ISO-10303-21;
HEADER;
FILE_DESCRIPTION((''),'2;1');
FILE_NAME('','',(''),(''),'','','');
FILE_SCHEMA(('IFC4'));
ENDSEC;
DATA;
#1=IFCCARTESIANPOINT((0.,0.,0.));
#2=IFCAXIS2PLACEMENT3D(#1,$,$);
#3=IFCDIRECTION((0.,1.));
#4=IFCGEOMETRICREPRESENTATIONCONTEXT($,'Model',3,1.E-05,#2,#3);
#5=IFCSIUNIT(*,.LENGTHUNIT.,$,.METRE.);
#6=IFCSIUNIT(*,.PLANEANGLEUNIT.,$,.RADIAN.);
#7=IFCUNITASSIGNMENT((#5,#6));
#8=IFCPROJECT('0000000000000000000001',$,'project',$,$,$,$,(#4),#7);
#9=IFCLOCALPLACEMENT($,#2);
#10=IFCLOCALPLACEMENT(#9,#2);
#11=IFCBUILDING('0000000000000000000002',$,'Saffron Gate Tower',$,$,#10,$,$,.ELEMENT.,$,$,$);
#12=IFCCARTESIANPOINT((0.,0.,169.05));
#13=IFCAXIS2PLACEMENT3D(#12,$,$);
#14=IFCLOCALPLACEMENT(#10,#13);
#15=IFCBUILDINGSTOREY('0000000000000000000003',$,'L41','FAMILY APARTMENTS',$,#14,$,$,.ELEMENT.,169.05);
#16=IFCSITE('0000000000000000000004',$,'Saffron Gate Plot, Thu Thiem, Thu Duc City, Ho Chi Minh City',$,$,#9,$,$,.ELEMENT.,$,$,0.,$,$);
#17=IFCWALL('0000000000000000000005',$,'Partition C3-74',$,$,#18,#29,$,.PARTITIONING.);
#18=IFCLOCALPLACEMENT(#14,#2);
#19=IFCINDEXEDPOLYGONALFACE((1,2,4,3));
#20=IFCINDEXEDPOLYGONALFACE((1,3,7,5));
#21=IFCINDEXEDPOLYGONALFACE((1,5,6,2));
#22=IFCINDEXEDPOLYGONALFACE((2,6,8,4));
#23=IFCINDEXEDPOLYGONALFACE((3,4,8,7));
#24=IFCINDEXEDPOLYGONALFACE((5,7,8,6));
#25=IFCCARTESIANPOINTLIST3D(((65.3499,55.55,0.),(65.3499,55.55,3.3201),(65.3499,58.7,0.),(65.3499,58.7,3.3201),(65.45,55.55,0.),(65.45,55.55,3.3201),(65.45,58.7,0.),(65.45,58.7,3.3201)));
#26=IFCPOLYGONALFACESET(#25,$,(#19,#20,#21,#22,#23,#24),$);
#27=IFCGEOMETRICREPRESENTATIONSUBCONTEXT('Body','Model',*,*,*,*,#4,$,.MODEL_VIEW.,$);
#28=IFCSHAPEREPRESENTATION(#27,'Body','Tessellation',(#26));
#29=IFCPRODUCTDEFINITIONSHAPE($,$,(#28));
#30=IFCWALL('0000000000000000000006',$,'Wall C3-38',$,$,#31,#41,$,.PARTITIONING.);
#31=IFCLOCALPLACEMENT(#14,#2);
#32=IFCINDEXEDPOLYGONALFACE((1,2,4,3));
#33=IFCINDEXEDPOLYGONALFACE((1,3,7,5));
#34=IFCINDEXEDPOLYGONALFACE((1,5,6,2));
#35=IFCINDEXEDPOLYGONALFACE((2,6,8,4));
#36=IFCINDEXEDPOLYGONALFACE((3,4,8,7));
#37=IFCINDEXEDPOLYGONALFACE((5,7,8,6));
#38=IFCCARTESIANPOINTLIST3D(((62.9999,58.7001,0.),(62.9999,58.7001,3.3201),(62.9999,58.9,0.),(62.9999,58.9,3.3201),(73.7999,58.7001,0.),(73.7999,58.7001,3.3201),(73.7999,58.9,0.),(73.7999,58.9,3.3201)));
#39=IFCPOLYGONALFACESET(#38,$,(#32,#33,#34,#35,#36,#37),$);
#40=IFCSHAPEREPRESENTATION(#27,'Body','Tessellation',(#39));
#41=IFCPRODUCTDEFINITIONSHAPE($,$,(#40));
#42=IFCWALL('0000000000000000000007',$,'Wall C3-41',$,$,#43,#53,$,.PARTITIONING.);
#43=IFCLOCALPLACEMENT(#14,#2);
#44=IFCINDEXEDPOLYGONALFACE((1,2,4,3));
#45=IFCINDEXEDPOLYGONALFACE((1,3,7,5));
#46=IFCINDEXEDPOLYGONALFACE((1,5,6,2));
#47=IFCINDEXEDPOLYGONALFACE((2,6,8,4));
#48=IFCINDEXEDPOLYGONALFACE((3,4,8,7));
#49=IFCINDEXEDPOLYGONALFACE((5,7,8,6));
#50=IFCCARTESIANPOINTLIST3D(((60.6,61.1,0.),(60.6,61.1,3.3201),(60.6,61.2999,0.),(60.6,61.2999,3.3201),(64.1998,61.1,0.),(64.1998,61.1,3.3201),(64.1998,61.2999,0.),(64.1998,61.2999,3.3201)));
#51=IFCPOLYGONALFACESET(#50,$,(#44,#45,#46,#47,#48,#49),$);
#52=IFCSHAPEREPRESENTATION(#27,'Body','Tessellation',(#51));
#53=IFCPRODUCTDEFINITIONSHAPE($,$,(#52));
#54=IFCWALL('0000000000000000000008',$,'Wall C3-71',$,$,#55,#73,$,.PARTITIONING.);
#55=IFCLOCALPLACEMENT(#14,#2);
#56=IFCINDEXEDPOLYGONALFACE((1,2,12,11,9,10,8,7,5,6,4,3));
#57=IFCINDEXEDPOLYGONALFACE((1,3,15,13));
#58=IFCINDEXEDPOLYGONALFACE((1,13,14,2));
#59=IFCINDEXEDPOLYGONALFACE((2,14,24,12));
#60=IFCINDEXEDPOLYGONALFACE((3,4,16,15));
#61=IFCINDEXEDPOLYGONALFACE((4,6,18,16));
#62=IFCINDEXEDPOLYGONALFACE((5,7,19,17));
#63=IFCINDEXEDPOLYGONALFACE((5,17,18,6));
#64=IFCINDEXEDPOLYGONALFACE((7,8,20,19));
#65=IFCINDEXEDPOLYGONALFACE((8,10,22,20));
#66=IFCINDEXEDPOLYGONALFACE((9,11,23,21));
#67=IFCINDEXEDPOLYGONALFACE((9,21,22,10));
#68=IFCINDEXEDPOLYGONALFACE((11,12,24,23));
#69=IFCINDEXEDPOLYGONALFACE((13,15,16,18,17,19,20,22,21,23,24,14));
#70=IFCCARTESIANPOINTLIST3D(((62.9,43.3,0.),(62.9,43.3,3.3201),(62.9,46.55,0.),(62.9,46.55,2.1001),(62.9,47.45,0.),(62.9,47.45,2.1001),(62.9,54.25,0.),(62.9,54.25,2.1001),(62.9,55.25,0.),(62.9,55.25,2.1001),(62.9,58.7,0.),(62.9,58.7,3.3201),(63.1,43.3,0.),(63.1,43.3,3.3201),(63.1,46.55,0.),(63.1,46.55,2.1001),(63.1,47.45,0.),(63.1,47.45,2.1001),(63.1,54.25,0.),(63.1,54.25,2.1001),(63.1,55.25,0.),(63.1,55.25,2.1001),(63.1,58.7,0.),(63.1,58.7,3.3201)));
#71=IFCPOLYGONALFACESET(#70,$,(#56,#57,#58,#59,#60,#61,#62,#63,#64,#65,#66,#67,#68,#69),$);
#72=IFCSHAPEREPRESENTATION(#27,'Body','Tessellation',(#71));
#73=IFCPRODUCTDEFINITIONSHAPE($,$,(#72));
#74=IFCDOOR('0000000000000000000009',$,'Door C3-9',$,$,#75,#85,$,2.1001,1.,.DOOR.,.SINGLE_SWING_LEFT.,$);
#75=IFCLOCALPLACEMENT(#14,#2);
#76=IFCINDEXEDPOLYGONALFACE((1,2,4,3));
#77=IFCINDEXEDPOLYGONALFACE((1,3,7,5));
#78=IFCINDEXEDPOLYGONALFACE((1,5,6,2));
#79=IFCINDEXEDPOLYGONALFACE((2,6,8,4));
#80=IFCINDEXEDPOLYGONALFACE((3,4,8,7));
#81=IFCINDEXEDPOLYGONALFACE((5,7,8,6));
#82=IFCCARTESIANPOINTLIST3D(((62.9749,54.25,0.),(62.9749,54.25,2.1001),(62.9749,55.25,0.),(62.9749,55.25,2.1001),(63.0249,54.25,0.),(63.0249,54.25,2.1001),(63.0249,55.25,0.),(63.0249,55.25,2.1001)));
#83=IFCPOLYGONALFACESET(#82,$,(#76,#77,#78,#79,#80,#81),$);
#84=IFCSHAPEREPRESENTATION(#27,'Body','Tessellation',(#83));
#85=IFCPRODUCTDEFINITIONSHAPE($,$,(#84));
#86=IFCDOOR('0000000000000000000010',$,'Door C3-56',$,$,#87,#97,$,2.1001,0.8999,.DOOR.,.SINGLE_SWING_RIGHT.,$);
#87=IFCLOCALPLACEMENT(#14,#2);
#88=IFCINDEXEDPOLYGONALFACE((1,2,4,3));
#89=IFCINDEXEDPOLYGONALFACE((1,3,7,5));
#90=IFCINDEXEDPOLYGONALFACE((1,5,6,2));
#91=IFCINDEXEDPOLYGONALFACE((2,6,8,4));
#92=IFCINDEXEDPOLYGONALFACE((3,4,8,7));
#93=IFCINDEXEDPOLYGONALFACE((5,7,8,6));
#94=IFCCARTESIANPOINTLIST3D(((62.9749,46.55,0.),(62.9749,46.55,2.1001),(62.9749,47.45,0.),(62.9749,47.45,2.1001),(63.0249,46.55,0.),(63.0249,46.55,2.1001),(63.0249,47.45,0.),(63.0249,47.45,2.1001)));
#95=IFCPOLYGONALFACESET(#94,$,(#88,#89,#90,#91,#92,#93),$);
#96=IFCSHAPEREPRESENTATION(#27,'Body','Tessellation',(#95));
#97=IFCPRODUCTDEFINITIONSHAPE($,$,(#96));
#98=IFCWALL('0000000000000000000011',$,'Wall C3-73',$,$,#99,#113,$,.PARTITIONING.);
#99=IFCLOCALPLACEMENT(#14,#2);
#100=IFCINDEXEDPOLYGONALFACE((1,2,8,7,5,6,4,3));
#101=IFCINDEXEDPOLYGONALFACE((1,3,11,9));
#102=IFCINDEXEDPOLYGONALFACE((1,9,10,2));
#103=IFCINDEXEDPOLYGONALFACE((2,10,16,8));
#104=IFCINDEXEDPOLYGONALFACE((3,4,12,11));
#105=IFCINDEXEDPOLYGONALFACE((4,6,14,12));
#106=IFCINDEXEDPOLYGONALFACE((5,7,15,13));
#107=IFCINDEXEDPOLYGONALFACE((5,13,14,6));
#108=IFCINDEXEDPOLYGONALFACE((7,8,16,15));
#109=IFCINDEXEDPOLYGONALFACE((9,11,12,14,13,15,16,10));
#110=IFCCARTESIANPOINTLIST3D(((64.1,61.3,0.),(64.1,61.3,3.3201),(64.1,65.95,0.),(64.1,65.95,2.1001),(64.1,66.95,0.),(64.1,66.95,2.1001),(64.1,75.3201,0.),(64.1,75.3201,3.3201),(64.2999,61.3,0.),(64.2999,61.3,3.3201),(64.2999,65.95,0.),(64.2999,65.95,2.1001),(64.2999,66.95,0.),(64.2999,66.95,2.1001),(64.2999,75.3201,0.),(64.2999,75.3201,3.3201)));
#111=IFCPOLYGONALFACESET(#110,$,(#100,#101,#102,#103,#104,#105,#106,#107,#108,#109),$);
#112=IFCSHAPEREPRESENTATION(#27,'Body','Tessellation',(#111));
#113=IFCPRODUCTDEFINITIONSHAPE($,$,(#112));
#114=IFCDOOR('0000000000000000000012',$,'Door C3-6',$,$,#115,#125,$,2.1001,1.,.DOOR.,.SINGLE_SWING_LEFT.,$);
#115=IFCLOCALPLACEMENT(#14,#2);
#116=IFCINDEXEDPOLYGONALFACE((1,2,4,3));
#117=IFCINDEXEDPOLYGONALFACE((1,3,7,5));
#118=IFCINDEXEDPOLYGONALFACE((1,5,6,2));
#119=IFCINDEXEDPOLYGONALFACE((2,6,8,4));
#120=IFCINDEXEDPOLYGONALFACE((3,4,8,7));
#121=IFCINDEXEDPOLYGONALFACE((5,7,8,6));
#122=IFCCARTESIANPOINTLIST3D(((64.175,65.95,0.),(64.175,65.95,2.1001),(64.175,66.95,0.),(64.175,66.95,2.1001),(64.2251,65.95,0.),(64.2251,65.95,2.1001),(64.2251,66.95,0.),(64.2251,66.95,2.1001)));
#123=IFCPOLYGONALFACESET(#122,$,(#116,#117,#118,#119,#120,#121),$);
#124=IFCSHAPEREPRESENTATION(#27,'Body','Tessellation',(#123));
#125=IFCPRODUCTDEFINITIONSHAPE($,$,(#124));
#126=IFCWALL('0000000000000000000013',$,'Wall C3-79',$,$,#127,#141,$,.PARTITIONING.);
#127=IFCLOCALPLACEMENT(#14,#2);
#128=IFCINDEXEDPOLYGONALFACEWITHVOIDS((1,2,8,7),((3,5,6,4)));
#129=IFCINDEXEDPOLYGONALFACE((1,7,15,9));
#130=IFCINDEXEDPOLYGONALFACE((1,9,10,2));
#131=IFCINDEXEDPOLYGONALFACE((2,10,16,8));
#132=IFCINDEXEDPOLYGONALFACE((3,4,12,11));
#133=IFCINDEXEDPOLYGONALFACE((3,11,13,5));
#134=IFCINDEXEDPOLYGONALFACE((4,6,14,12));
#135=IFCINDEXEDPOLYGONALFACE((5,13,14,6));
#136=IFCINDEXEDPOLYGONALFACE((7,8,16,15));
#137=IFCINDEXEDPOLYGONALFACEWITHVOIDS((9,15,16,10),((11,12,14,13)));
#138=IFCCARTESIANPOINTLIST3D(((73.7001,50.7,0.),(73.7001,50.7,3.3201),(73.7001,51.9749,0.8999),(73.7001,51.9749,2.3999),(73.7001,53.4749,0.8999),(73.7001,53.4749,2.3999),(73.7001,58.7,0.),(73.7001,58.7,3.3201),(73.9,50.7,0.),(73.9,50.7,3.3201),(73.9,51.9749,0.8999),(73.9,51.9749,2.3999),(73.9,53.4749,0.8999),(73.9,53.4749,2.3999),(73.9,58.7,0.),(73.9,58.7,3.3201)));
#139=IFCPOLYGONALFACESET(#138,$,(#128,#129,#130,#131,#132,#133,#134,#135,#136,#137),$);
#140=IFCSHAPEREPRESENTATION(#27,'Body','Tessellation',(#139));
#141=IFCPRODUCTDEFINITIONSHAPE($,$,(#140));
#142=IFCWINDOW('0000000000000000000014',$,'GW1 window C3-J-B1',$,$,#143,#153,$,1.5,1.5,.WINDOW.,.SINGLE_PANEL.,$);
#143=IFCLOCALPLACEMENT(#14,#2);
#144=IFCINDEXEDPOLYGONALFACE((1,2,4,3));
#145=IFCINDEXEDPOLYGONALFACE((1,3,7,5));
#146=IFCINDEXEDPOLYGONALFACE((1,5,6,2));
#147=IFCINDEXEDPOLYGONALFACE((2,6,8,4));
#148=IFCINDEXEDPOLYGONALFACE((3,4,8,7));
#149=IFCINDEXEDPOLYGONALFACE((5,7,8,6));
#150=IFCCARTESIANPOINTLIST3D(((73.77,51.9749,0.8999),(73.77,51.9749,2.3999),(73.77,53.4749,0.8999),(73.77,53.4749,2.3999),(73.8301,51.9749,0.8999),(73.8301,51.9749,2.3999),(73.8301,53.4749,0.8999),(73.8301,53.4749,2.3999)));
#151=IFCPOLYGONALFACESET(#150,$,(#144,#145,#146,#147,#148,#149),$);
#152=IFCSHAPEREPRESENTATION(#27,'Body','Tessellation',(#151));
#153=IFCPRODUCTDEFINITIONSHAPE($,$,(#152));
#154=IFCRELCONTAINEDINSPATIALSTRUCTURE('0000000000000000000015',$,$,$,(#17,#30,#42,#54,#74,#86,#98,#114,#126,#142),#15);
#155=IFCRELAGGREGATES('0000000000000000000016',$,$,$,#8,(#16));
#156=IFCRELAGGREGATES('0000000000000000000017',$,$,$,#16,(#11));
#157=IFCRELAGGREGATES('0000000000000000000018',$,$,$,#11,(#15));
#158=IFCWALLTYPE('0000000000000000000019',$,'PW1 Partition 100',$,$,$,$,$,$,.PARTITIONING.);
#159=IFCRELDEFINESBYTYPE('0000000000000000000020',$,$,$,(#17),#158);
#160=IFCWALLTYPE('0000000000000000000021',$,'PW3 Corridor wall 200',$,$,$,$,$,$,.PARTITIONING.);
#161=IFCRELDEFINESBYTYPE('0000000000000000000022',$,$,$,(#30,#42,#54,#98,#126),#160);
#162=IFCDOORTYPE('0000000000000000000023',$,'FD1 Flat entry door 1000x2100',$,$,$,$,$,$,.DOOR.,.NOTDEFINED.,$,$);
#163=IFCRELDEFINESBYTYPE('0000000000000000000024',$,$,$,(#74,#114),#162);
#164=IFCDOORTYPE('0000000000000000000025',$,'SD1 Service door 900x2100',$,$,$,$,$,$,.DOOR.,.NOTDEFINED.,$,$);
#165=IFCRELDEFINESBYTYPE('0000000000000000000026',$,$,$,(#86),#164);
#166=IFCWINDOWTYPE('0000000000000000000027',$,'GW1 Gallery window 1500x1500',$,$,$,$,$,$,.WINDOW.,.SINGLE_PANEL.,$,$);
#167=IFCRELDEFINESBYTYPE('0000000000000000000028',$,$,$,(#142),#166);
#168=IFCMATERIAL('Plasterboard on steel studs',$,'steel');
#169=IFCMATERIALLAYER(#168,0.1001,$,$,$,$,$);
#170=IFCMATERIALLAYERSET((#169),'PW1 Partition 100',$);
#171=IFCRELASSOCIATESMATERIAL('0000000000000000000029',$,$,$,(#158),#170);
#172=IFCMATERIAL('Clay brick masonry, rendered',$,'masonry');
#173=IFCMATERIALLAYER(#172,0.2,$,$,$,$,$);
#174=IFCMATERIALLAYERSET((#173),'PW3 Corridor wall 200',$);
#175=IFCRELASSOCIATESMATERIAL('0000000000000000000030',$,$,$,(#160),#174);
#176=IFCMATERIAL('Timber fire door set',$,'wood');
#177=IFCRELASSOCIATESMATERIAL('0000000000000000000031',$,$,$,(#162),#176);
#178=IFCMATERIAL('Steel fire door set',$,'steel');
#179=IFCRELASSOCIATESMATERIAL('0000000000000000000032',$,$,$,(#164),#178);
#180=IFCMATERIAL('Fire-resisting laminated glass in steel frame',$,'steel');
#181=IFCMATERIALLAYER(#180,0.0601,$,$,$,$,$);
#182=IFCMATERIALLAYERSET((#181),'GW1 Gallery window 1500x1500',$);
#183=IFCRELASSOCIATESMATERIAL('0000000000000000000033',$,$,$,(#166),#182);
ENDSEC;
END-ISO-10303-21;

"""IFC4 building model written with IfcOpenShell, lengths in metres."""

from ifc_helpers import new_model, si_unit, direction, frame, frame_2d, origin, place, context, subcontext, project, spatial, rectangle, extrude, material, layer, layer_set, type_object, element, fill, save


model = new_model("IFC4")

# Units and contexts
model_context = context("Model", 3, precision=1e-05, world=origin(), true_north=direction((0.0, 1.0)))
body_context = subcontext(model_context, "Body", "Model", "MODEL_VIEW")
ifc_project = project(units=[si_unit("LENGTHUNIT", "METRE"), si_unit("PLANEANGLEUNIT", "RADIAN")], contexts=[model_context])

# Site, building, storey
site_placement = place(None, origin())
site = spatial("IfcSite", under=ifc_project, at=site_placement, Name="Saffron Gate Plot, Thu Thiem, Thu Duc City, Ho Chi Minh City", CompositionType="ELEMENT", RefElevation=0.0)
building_placement = place(site_placement, origin())
building = spatial("IfcBuilding", under=site, at=building_placement, Name="Saffron Gate Tower", CompositionType="ELEMENT")
storey_placement = place(building_placement, frame((0.0, 0.0, 169.05)))
storey = spatial("IfcBuildingStorey", under=building, at=storey_placement, Name="L41", Description="FAMILY APARTMENTS", CompositionType="ELEMENT", Elevation=169.05)

# Shared definitions
ifc_material_1 = material(Name="Steel fire door set", Category="steel")

# Shared definitions
ifc_material_2 = material(Name="Plasterboard on steel studs", Category="steel")
ifc_layer_1 = layer(ifc_material_2, 0.1001)
ifc_layer_set_1 = layer_set([ifc_layer_1], Name="PW1 Partition 100")
wall_type_1 = type_object("IfcWallType", Name="PW1 Partition 100", PredefinedType="PARTITIONING", material=ifc_layer_set_1)

# Walls
wall_1_placement = place(storey_placement, frame((65.3999, 58.7, 0.0), z_axis=(0.0, 0.0, 1.0), x_axis=(0.0, -1.0, 0.0)))
element("IfcWall", 1, at=wall_1_placement, inside=storey, type_object=wall_type_1, Name="Partition C3-74", PredefinedType="PARTITIONING", context=body_context, shape_type="SweptSolid", body=[
    extrude(rectangle(XDim=3.1499, YDim=0.1001, at=frame_2d((1.575, 0.0))), origin(), (0.0, 0.0, 1.0), 3.3201),
])
ifc_material_3 = material(Name="Clay brick masonry, rendered", Category="masonry")
ifc_layer_2 = layer(ifc_material_3, 0.2)
ifc_layer_set_2 = layer_set([ifc_layer_2], Name="PW3 Corridor wall 200")
wall_type_2 = type_object("IfcWallType", Name="PW3 Corridor wall 200", PredefinedType="PARTITIONING", material=ifc_layer_set_2)
wall_2_placement = place(storey_placement, frame((63.0, 58.8, 0.0), z_axis=(0.0, 0.0, 1.0), x_axis=(1.0, 0.0, 0.0)))
element("IfcWall", 2, at=wall_2_placement, inside=storey, type_object=wall_type_2, Name="Wall C3-38", PredefinedType="PARTITIONING", context=body_context, shape_type="SweptSolid", body=[
    extrude(rectangle(XDim=10.8, YDim=0.2, at=frame_2d((5.3999, 0.0))), origin(), (0.0, 0.0, 1.0), 3.3201),
])
wall_3_placement = place(storey_placement, frame((60.6001, 61.2, 0.0), z_axis=(0.0, 0.0, 1.0), x_axis=(1.0, 0.0, 0.0)))
element("IfcWall", 3, at=wall_3_placement, inside=storey, type_object=wall_type_2, Name="Wall C3-41", PredefinedType="PARTITIONING", context=body_context, shape_type="SweptSolid", body=[
    extrude(rectangle(XDim=3.5999, YDim=0.2, at=frame_2d((1.7998, 0.0))), origin(), (0.0, 0.0, 1.0), 3.3201),
])

# Wall, openings, doors
wall_4_placement = place(storey_placement, frame((63.0, 58.7, 0.0), z_axis=(0.0, 0.0, 1.0), x_axis=(0.0, -1.0, 0.0)))
wall_4 = element("IfcWall", 4, at=wall_4_placement, inside=storey, type_object=wall_type_2, Name="Wall C3-71", PredefinedType="PARTITIONING", context=body_context, shape_type="SweptSolid", body=[
    extrude(rectangle(XDim=15.3999, YDim=0.2, at=frame_2d((7.7, 0.0))), origin(), (0.0, 0.0, 1.0), 3.3201),
])
opening_1_placement = place(wall_4_placement, frame((3.45, 0.0, 0.0)))
opening_1 = element("IfcOpeningElement", 5, at=opening_1_placement, cuts=wall_4, PredefinedType="OPENING", context=body_context, shape_type="SweptSolid", body=[
    extrude(rectangle(XDim=1.0, YDim=2.1001, at=frame_2d((0.5, 1.05))), frame((0.0, 0.1099, 0.0), z_axis=(0.0, -1.0, 0.0), x_axis=(1.0, 0.0, 0.0)), (0.0, 0.0, 1.0), 0.22),
])
opening_2_placement = place(wall_4_placement, frame((11.25, 0.0, 0.0)))
opening_2 = element("IfcOpeningElement", 6, at=opening_2_placement, cuts=wall_4, PredefinedType="OPENING", context=body_context, shape_type="SweptSolid", body=[
    extrude(rectangle(XDim=0.8999, YDim=2.1001, at=frame_2d((0.45, 1.05))), frame((0.0, 0.1099, 0.0), z_axis=(0.0, -1.0, 0.0), x_axis=(1.0, 0.0, 0.0)), (0.0, 0.0, 1.0), 0.22),
])
ifc_material_4 = material(Name="Timber fire door set", Category="wood")
door_type_1 = type_object("IfcDoorType", Name="FD1 Flat entry door 1000x2100", OperationType="NOTDEFINED", PredefinedType="DOOR", material=ifc_material_4)
door_1_placement = place(opening_1_placement, origin())
door_1 = element("IfcDoor", 7, at=door_1_placement, inside=storey, type_object=door_type_1, Name="Door C3-9", OperationType="SINGLE_SWING_LEFT", OverallHeight=2.1001, OverallWidth=1.0, PredefinedType="DOOR", context=body_context, shape_type="SweptSolid", body=[
    extrude(rectangle(XDim=1.0, YDim=2.1001, at=frame_2d((0.5, 1.05))), frame((0.0, 0.0249, 0.0), z_axis=(0.0, -1.0, 0.0), x_axis=(1.0, 0.0, 0.0)), (0.0, 0.0, 1.0), 0.05),
])
fill(opening_1, door_1)
door_type_2 = type_object("IfcDoorType", Name="SD1 Service door 900x2100", OperationType="NOTDEFINED", PredefinedType="DOOR", material=ifc_material_1)
door_2_placement = place(opening_2_placement, origin())
door_2 = element("IfcDoor", 8, at=door_2_placement, inside=storey, type_object=door_type_2, Name="Door C3-56", OperationType="SINGLE_SWING_RIGHT", OverallHeight=2.1001, OverallWidth=0.8999, PredefinedType="DOOR", context=body_context, shape_type="SweptSolid", body=[
    extrude(rectangle(XDim=0.8999, YDim=2.1001, at=frame_2d((0.45, 1.05))), frame((0.0, 0.0249, 0.0), z_axis=(0.0, -1.0, 0.0), x_axis=(1.0, 0.0, 0.0)), (0.0, 0.0, 1.0), 0.05),
])
fill(opening_2, door_2)

# Wall, opening, door
wall_5_placement = place(storey_placement, frame((64.2, 61.3, 0.0), z_axis=(0.0, 0.0, 1.0), x_axis=(0.0, 1.0, 0.0)))
wall_5 = element("IfcWall", 9, at=wall_5_placement, inside=storey, type_object=wall_type_2, Name="Wall C3-73", PredefinedType="PARTITIONING", context=body_context, shape_type="SweptSolid", body=[
    extrude(rectangle(XDim=14.02, YDim=0.2, at=frame_2d((7.01, 0.0))), origin(), (0.0, 0.0, 1.0), 3.3201),
])
opening_3_placement = place(wall_5_placement, frame((4.6499, 0.0, 0.0)))
opening_3 = element("IfcOpeningElement", 10, at=opening_3_placement, cuts=wall_5, PredefinedType="OPENING", context=body_context, shape_type="SweptSolid", body=[
    extrude(rectangle(XDim=1.0, YDim=2.1001, at=frame_2d((0.5, 1.05))), frame((0.0, 0.1099, 0.0), z_axis=(0.0, -1.0, 0.0), x_axis=(1.0, 0.0, 0.0)), (0.0, 0.0, 1.0), 0.22),
])
door_3_placement = place(opening_3_placement, origin())
door_3 = element("IfcDoor", 11, at=door_3_placement, inside=storey, type_object=door_type_1, Name="Door C3-6", OperationType="SINGLE_SWING_LEFT", OverallHeight=2.1001, OverallWidth=1.0, PredefinedType="DOOR", context=body_context, shape_type="SweptSolid", body=[
    extrude(rectangle(XDim=1.0, YDim=2.1001, at=frame_2d((0.5, 1.05))), frame((0.0, 0.0249, 0.0), z_axis=(0.0, -1.0, 0.0), x_axis=(1.0, 0.0, 0.0)), (0.0, 0.0, 1.0), 0.05),
])
fill(opening_3, door_3)

# Wall, opening, window
wall_6_placement = place(storey_placement, frame((73.8, 58.7, 0.0), z_axis=(0.0, 0.0, 1.0), x_axis=(0.0, -1.0, 0.0)))
wall_6 = element("IfcWall", 12, at=wall_6_placement, inside=storey, type_object=wall_type_2, Name="Wall C3-79", PredefinedType="PARTITIONING", context=body_context, shape_type="SweptSolid", body=[
    extrude(rectangle(XDim=8.0, YDim=0.2, at=frame_2d((4.0, 0.0))), origin(), (0.0, 0.0, 1.0), 3.3201),
])
opening_4_placement = place(wall_6_placement, frame((5.2251, 0.0, 0.8999)))
opening_4 = element("IfcOpeningElement", 13, at=opening_4_placement, cuts=wall_6, PredefinedType="OPENING", context=body_context, shape_type="SweptSolid", body=[
    extrude(rectangle(XDim=1.5, YDim=1.5, at=frame_2d((0.75, 0.75))), frame((0.0, 0.1099, 0.0), z_axis=(0.0, -1.0, 0.0), x_axis=(1.0, 0.0, 0.0)), (0.0, 0.0, 1.0), 0.22),
])
ifc_material_5 = material(Name="Fire-resisting laminated glass in steel frame", Category="steel")
ifc_layer_3 = layer(ifc_material_5, 0.0601)
ifc_layer_set_3 = layer_set([ifc_layer_3], Name="GW1 Gallery window 1500x1500")
window_type = type_object("IfcWindowType", Name="GW1 Gallery window 1500x1500", PartitioningType="SINGLE_PANEL", PredefinedType="WINDOW", material=ifc_layer_set_3)
window_placement = place(opening_4_placement, origin())
window = element("IfcWindow", 14, at=window_placement, inside=storey, type_object=window_type, Name="GW1 window C3-J-B1", OverallHeight=1.5, OverallWidth=1.5, PartitioningType="SINGLE_PANEL", PredefinedType="WINDOW", context=body_context, shape_type="SweptSolid", body=[
    extrude(rectangle(XDim=1.5, YDim=1.5, at=frame_2d((0.75, 0.75))), frame((0.0, 0.03, 0.0), z_axis=(0.0, -1.0, 0.0), x_axis=(1.0, 0.0, 0.0)), (0.0, 0.0, 1.0), 0.0601),
])
fill(opening_4, window)

save(model, "model.ifc")
